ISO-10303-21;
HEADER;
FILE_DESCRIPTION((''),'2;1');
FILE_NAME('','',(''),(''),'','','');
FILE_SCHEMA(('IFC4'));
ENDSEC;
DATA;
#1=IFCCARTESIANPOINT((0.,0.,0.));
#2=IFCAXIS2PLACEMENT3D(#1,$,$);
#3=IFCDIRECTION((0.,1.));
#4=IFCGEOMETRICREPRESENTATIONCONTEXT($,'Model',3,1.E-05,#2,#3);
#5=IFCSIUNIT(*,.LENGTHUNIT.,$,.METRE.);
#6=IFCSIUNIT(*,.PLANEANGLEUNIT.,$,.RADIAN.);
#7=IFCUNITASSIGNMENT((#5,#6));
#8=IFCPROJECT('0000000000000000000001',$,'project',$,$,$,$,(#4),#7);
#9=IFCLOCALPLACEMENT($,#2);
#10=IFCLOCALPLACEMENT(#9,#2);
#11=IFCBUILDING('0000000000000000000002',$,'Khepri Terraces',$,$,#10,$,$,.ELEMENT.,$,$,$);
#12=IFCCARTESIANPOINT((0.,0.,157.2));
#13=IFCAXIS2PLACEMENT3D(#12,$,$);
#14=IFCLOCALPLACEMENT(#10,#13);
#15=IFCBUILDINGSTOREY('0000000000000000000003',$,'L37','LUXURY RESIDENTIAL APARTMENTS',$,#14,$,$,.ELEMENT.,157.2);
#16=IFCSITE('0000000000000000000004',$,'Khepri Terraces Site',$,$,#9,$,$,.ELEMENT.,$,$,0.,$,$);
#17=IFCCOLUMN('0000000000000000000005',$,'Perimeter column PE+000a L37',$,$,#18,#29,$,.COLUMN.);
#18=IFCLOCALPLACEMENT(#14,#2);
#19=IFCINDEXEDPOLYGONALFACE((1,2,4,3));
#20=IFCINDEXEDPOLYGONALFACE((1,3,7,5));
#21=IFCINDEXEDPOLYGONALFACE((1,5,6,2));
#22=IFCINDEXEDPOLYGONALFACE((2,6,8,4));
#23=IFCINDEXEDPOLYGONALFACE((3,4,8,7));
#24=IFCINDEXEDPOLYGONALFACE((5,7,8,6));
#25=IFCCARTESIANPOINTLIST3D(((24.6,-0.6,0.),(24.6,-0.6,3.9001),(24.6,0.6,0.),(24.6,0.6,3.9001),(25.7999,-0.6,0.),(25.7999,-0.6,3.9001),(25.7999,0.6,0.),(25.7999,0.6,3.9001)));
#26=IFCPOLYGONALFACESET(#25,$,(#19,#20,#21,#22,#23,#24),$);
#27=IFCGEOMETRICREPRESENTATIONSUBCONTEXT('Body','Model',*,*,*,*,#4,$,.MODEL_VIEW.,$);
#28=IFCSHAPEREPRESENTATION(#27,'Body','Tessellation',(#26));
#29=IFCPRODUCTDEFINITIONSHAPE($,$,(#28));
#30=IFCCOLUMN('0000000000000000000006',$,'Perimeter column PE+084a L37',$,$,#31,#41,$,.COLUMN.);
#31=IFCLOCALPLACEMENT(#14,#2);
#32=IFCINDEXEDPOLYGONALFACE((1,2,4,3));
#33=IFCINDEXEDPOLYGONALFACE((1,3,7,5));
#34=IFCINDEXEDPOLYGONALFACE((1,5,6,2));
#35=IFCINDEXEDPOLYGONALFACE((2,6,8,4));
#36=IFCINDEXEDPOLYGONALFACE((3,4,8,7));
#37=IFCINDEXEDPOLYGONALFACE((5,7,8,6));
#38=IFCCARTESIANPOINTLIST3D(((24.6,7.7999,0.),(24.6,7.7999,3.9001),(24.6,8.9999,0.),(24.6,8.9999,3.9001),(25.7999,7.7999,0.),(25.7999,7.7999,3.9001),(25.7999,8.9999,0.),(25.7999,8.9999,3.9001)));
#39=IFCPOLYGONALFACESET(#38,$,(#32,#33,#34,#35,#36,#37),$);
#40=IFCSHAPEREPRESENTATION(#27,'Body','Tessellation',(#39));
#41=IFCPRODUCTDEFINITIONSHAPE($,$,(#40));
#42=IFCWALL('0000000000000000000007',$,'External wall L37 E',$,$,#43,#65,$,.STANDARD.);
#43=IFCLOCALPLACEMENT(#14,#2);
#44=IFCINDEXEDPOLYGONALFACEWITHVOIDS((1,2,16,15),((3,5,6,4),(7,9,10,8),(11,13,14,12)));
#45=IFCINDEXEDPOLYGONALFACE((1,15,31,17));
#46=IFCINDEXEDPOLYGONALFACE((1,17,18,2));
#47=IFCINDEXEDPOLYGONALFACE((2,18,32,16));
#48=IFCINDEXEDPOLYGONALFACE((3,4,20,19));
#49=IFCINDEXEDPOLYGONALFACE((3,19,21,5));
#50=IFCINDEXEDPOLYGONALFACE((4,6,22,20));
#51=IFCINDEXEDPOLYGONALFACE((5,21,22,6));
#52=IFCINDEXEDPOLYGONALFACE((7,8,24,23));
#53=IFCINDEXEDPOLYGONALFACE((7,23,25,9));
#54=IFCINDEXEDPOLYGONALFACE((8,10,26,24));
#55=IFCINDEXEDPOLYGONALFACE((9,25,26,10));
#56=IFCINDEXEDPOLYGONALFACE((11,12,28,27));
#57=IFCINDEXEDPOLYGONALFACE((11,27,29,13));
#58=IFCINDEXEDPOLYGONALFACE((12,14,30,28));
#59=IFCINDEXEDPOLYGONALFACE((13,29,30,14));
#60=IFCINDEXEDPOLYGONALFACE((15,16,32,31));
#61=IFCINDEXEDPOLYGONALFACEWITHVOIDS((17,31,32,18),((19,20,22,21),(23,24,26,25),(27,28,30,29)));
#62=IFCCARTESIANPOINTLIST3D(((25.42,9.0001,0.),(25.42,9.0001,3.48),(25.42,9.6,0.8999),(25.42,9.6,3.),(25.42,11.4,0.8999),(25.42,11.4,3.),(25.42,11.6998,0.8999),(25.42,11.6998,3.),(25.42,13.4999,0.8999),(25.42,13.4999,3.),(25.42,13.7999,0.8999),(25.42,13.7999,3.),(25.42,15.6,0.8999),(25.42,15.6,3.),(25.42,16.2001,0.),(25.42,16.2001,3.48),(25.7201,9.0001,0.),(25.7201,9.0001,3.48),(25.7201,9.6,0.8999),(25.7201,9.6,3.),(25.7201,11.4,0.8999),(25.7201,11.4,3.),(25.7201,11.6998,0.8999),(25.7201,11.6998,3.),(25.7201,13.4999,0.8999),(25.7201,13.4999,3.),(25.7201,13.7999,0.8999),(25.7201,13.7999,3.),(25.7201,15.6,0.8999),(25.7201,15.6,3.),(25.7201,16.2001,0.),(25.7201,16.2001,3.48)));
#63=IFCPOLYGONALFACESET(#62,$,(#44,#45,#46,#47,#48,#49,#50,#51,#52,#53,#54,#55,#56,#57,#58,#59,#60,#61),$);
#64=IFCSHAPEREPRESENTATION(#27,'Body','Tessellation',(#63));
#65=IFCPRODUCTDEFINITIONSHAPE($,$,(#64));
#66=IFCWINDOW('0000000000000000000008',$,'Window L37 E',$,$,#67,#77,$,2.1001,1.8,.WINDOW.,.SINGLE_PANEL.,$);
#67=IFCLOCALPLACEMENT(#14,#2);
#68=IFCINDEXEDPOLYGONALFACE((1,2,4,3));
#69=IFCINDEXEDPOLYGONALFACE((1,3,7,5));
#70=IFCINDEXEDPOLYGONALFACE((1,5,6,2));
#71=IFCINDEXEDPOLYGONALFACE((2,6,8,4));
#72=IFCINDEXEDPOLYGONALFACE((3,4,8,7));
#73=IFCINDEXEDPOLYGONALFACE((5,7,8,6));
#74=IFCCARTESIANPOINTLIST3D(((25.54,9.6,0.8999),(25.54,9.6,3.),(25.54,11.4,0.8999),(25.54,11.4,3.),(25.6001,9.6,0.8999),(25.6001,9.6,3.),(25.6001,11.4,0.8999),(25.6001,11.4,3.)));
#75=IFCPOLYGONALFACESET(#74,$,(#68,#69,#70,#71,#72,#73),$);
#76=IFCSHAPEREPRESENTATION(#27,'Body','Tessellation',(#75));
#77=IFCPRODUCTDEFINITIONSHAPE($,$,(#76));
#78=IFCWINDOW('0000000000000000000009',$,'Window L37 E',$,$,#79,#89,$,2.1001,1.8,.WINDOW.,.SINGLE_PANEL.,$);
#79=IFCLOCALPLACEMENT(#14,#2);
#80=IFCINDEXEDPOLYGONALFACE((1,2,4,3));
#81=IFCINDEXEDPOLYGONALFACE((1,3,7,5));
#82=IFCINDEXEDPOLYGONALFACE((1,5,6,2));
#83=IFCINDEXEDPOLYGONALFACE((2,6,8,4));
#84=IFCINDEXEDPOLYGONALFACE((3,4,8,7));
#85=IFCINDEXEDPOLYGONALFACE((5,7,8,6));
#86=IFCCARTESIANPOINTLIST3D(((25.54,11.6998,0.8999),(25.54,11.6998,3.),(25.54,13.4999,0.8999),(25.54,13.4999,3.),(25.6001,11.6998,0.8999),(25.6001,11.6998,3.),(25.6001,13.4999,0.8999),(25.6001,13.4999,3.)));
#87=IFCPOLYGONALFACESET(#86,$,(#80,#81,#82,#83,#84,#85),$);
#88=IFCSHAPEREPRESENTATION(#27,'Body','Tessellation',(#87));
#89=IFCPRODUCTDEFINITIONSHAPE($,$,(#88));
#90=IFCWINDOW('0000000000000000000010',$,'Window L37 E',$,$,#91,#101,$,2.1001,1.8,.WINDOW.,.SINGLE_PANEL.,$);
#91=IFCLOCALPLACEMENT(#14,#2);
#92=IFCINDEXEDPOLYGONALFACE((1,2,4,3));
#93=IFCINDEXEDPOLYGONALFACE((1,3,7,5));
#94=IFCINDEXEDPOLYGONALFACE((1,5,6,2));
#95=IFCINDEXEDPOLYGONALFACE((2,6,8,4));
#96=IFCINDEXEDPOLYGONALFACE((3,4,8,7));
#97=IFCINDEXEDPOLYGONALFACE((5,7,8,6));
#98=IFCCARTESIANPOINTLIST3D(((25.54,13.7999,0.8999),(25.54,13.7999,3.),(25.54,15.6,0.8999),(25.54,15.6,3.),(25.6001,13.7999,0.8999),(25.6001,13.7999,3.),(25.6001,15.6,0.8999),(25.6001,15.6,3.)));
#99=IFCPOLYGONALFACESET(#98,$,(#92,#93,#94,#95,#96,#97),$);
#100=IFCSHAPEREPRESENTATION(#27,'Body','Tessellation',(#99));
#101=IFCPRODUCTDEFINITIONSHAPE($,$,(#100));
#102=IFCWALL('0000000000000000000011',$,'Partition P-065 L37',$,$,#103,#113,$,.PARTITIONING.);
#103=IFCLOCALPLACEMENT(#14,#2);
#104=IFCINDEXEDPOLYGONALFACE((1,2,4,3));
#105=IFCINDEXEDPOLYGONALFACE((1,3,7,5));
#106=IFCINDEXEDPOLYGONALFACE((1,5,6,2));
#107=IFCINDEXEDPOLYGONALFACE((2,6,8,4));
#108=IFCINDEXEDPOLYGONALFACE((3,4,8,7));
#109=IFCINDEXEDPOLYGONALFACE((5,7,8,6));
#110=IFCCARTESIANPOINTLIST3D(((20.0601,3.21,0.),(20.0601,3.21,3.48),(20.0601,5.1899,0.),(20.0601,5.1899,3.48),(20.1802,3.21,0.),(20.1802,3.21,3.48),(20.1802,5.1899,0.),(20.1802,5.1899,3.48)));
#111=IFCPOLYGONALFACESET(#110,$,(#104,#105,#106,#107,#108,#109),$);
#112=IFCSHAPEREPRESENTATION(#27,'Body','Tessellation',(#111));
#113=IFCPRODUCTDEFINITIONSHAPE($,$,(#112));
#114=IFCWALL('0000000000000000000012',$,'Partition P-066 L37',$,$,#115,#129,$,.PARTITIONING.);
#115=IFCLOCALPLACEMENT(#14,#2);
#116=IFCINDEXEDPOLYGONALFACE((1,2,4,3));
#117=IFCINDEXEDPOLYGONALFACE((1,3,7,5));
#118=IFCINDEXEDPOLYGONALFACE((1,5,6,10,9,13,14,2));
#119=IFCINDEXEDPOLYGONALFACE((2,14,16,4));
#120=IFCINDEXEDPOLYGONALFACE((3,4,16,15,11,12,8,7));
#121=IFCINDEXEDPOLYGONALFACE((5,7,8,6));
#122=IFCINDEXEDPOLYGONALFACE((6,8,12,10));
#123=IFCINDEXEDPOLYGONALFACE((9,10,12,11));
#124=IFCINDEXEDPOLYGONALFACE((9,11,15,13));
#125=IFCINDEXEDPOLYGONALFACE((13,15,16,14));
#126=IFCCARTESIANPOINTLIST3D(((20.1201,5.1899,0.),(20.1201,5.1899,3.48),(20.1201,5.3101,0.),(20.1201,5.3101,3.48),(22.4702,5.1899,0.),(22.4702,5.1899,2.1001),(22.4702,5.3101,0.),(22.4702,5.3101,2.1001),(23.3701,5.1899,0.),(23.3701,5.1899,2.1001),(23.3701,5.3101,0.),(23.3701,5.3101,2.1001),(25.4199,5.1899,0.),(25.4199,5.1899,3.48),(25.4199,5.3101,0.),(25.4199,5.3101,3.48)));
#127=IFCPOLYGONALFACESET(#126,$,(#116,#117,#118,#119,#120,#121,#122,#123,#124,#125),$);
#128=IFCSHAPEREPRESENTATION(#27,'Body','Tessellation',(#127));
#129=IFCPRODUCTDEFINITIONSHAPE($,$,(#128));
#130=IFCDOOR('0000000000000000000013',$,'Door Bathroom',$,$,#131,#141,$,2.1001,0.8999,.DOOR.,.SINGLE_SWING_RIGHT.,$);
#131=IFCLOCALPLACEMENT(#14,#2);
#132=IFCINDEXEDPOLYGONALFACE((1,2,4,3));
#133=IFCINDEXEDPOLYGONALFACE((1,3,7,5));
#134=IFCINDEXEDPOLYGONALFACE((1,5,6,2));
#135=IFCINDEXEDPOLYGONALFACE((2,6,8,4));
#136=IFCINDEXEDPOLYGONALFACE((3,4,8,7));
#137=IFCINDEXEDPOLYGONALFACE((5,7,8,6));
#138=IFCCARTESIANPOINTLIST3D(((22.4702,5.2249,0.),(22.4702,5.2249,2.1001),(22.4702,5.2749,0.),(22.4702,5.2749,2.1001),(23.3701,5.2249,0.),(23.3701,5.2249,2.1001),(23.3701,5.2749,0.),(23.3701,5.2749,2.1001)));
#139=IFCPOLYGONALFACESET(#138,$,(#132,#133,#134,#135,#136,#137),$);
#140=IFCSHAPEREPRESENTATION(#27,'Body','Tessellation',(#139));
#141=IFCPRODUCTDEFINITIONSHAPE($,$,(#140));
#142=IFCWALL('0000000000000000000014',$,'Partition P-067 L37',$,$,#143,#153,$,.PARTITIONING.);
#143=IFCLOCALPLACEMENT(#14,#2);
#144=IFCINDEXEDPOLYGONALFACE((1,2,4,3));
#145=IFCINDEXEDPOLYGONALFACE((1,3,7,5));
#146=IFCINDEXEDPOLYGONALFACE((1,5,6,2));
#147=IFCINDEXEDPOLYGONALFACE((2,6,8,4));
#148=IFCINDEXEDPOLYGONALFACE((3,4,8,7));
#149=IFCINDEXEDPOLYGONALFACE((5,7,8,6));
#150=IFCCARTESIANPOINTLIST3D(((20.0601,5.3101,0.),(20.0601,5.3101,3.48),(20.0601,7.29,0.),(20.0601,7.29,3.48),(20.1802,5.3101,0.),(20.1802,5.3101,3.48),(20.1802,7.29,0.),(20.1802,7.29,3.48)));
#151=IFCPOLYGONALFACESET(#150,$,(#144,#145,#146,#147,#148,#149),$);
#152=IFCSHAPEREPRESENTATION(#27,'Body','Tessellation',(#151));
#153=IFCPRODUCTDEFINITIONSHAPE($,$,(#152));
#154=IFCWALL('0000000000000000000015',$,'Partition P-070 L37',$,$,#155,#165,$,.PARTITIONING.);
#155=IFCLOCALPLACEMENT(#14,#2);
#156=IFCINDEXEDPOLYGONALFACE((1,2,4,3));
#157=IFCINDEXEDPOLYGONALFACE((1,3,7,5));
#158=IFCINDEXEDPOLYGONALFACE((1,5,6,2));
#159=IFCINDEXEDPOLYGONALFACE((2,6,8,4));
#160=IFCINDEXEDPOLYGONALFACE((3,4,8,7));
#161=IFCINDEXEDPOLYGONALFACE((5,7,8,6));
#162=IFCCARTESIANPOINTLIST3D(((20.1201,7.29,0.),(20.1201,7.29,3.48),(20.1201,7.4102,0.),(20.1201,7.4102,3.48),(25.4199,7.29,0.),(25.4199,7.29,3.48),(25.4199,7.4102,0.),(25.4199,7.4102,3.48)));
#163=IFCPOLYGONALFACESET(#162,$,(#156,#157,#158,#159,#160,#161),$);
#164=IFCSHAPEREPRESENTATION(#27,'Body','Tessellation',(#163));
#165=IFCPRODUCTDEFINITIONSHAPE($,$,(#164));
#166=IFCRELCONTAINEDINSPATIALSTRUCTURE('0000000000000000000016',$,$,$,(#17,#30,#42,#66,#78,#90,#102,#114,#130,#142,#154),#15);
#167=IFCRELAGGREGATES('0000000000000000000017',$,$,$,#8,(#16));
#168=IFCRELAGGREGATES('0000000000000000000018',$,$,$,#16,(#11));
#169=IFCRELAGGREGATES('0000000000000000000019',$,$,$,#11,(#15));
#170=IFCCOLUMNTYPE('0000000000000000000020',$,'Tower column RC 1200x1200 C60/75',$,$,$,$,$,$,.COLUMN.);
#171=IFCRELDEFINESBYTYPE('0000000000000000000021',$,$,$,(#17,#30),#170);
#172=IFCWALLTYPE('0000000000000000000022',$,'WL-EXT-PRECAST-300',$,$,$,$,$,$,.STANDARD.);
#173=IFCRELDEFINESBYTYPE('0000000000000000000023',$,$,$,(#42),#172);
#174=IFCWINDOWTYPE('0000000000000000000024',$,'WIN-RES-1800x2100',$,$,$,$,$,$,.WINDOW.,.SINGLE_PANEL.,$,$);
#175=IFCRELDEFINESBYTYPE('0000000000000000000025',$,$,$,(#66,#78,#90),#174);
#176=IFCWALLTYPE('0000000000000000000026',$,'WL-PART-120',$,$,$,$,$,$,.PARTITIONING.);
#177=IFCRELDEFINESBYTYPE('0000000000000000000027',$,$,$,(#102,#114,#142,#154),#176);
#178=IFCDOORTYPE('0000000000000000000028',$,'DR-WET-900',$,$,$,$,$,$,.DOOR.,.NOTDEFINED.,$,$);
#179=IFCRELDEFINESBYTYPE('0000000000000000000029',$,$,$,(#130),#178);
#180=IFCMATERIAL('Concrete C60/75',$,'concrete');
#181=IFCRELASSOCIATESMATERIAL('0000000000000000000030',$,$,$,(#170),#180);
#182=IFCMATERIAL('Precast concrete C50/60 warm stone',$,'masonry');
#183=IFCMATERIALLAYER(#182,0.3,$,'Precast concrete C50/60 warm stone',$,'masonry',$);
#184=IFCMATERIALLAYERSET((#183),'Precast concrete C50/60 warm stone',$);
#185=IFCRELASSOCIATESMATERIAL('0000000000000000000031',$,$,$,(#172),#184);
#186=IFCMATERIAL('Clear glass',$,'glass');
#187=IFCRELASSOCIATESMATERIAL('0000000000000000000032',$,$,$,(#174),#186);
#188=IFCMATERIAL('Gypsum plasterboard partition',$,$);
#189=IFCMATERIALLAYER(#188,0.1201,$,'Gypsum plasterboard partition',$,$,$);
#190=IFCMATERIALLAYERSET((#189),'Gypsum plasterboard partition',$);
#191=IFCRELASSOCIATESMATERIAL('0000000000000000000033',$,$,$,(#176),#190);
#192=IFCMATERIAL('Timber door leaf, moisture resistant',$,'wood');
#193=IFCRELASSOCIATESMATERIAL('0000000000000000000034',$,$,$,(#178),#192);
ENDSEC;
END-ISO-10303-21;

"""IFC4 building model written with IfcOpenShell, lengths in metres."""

from ifc_helpers import new_model, si_unit, direction, frame, frame_2d, origin, origin_2d, place, context, subcontext, project, spatial, rectangle, extrude, material, layer, layer_set, material_profile, profile_set, type_object, element, fill, save


model = new_model("IFC4")

# Units and contexts
model_context = context("Model", 3, precision=1e-05, world=origin(), true_north=direction((0.0, 1.0)))
body_context = subcontext(model_context, "Body", "Model", "MODEL_VIEW")
ifc_project = project(units=[si_unit("LENGTHUNIT", "METRE"), si_unit("PLANEANGLEUNIT", "RADIAN")], contexts=[model_context])

# Site, building, storey
site_placement = place(None, origin())
site = spatial("IfcSite", under=ifc_project, at=site_placement, Name="Khepri Terraces Site", CompositionType="ELEMENT", RefElevation=0.0)
building_placement = place(site_placement, origin())
building = spatial("IfcBuilding", under=site, at=building_placement, Name="Khepri Terraces", CompositionType="ELEMENT")
storey_placement = place(building_placement, frame((0.0, 0.0, 157.2)))
storey = spatial("IfcBuildingStorey", under=building, at=storey_placement, Name="L37", Description="LUXURY RESIDENTIAL APARTMENTS", CompositionType="ELEMENT", Elevation=157.2)

# Columns
ifc_material_1 = material(Name="Concrete C60/75", Category="concrete")
ifc_material_profile = material_profile(ifc_material_1, rectangle(XDim=1.2, YDim=1.2, at=origin_2d()), Name="Concrete C60/75", Category="concrete")
ifc_profile_set = profile_set([ifc_material_profile], Name="Concrete C60/75")
column_type = type_object("IfcColumnType", Name="Tower column RC 1200x1200 C60/75", PredefinedType="COLUMN", material=ifc_profile_set)
for number, where, z_axis, x_axis, name in (
    (1, (25.2, 0.0, 0.0), (0.0, 0.0, 1.0), (1.0, 0.0, 0.0), "Perimeter column PE+000a L37"),
    (2, (25.2, 8.3999, 0.0), (0.0, 0.0, 1.0), (1.0, 0.0, 0.0), "Perimeter column PE+084a L37"),
):
    element("IfcColumn", number, at=place(storey_placement, frame(where, z_axis=z_axis, x_axis=x_axis)), inside=storey, type_object=column_type, Name=name, PredefinedType="COLUMN", context=body_context, shape_type="SweptSolid", body=[
        extrude(rectangle(XDim=1.2, YDim=1.2, at=origin_2d()), origin(), (0.0, 0.0, 1.0), 3.9001),
    ])

# Shared definitions
ifc_material_2 = material(Name="Precast concrete C50/60 warm stone", Category="masonry")
ifc_layer_1 = layer(ifc_material_2, 0.3, Name="Precast concrete C50/60 warm stone", Category="masonry")
ifc_layer_set_1 = layer_set([ifc_layer_1], Name="Precast concrete C50/60 warm stone")
wall_type_1 = type_object("IfcWallType", Name="WL-EXT-PRECAST-300", PredefinedType="STANDARD", material=ifc_layer_set_1)
ifc_material_3 = material(Name="Clear glass", Category="glass")
window_type = type_object("IfcWindowType", Name="WIN-RES-1800x2100", PartitioningType="SINGLE_PANEL", PredefinedType="WINDOW", material=ifc_material_3)

# Wall, openings, windows
wall_1_placement = place(storey_placement, frame((25.5701, 9.0, 0.0), z_axis=(0.0, 0.0, 1.0), x_axis=(0.0, 1.0, 0.0)))
wall_1 = element("IfcWall", 3, at=wall_1_placement, inside=storey, type_object=wall_type_1, Name="External wall L37 E", PredefinedType="STANDARD", context=body_context, shape_type="SweptSolid", body=[
    extrude(rectangle(XDim=7.2, YDim=0.3, at=frame_2d((3.6001, 0.0))), origin(), (0.0, 0.0, 1.0), 3.48),
])
opening_1_placement = place(wall_1_placement, frame((0.6001, 0.0, 0.8999)))
opening_1 = element("IfcOpeningElement", 4, at=opening_1_placement, cuts=wall_1, PredefinedType="OPENING", context=body_context, shape_type="SweptSolid", body=[
    extrude(rectangle(XDim=1.8, YDim=2.1001, at=frame_2d((0.8999, 1.05))), frame((0.0, 0.1602, 0.0), z_axis=(0.0, -1.0, 0.0), x_axis=(1.0, 0.0, 0.0)), (0.0, 0.0, 1.0), 0.3201),
])
opening_2_placement = place(wall_1_placement, frame((2.7, 0.0, 0.8999)))
opening_2 = element("IfcOpeningElement", 5, at=opening_2_placement, cuts=wall_1, PredefinedType="OPENING", context=body_context, shape_type="SweptSolid", body=[
    extrude(rectangle(XDim=1.8, YDim=2.1001, at=frame_2d((0.8999, 1.05))), frame((0.0, 0.1602, 0.0), z_axis=(0.0, -1.0, 0.0), x_axis=(1.0, 0.0, 0.0)), (0.0, 0.0, 1.0), 0.3201),
])
opening_3_placement = place(wall_1_placement, frame((4.8, 0.0, 0.8999)))
opening_3 = element("IfcOpeningElement", 6, at=opening_3_placement, cuts=wall_1, PredefinedType="OPENING", context=body_context, shape_type="SweptSolid", body=[
    extrude(rectangle(XDim=1.8, YDim=2.1001, at=frame_2d((0.8999, 1.05))), frame((0.0, 0.1602, 0.0), z_axis=(0.0, -1.0, 0.0), x_axis=(1.0, 0.0, 0.0)), (0.0, 0.0, 1.0), 0.3201),
])
window_1_placement = place(opening_1_placement, origin())
window_1 = element("IfcWindow", 7, at=window_1_placement, inside=storey, type_object=window_type, Name="Window L37 E", OverallHeight=2.1001, OverallWidth=1.8, PartitioningType="SINGLE_PANEL", PredefinedType="WINDOW", context=body_context, shape_type="SweptSolid", body=[
    extrude(rectangle(XDim=1.8, YDim=2.1001, at=frame_2d((0.8999, 1.05))), frame((0.0, 0.03, 0.0), z_axis=(0.0, -1.0, 0.0), x_axis=(1.0, 0.0, 0.0)), (0.0, 0.0, 1.0), 0.0601),
])
fill(opening_1, window_1)
window_2_placement = place(opening_2_placement, origin())
window_2 = element("IfcWindow", 8, at=window_2_placement, inside=storey, type_object=window_type, Name="Window L37 E", OverallHeight=2.1001, OverallWidth=1.8, PartitioningType="SINGLE_PANEL", PredefinedType="WINDOW", context=body_context, shape_type="SweptSolid", body=[
    extrude(rectangle(XDim=1.8, YDim=2.1001, at=frame_2d((0.8999, 1.05))), frame((0.0, 0.03, 0.0), z_axis=(0.0, -1.0, 0.0), x_axis=(1.0, 0.0, 0.0)), (0.0, 0.0, 1.0), 0.0601),
])
fill(opening_2, window_2)
window_3_placement = place(opening_3_placement, origin())
window_3 = element("IfcWindow", 9, at=window_3_placement, inside=storey, type_object=window_type, Name="Window L37 E", OverallHeight=2.1001, OverallWidth=1.8, PartitioningType="SINGLE_PANEL", PredefinedType="WINDOW", context=body_context, shape_type="SweptSolid", body=[
    extrude(rectangle(XDim=1.8, YDim=2.1001, at=frame_2d((0.8999, 1.05))), frame((0.0, 0.03, 0.0), z_axis=(0.0, -1.0, 0.0), x_axis=(1.0, 0.0, 0.0)), (0.0, 0.0, 1.0), 0.0601),
])
fill(opening_3, window_3)

# Wall
ifc_material_4 = material(Name="Gypsum plasterboard partition")
ifc_layer_2 = layer(ifc_material_4, 0.1201, Name="Gypsum plasterboard partition")
ifc_layer_set_2 = layer_set([ifc_layer_2], Name="Gypsum plasterboard partition")
wall_type_2 = type_object("IfcWallType", Name="WL-PART-120", PredefinedType="PARTITIONING", material=ifc_layer_set_2)
wall_2_placement = place(storey_placement, frame((20.1201, 3.21, 0.0), z_axis=(0.0, 0.0, 1.0), x_axis=(0.0, 1.0, 0.0)))
element("IfcWall", 10, at=wall_2_placement, inside=storey, type_object=wall_type_2, Name="Partition P-065 L37", PredefinedType="PARTITIONING", context=body_context, shape_type="SweptSolid", body=[
    extrude(rectangle(XDim=1.98, YDim=0.1201, at=frame_2d((0.99, 0.0))), origin(), (0.0, 0.0, 1.0), 3.48),
])

# Wall, opening, door
wall_3_placement = place(storey_placement, frame((20.1201, 5.25, 0.0), z_axis=(0.0, 0.0, 1.0), x_axis=(1.0, 0.0, 0.0)))
wall_3 = element("IfcWall", 11, at=wall_3_placement, inside=storey, type_object=wall_type_2, Name="Partition P-066 L37", PredefinedType="PARTITIONING", context=body_context, shape_type="SweptSolid", body=[
    extrude(rectangle(XDim=5.2998, YDim=0.1201, at=frame_2d((2.6499, 0.0))), origin(), (0.0, 0.0, 1.0), 3.48),
])
opening_4_placement = place(wall_3_placement, frame((2.3501, 0.0, 0.0)))
opening_4 = element("IfcOpeningElement", 12, at=opening_4_placement, cuts=wall_3, PredefinedType="OPENING", context=body_context, shape_type="SweptSolid", body=[
    extrude(rectangle(XDim=0.8999, YDim=2.1001, at=frame_2d((0.45, 1.05))), frame((0.0, 0.0701, 0.0), z_axis=(0.0, -1.0, 0.0), x_axis=(1.0, 0.0, 0.0)), (0.0, 0.0, 1.0), 0.1401),
])
ifc_material_5 = material(Name="Timber door leaf, moisture resistant", Category="wood")
door_type_1 = type_object("IfcDoorType", Name="DR-WET-900", OperationType="NOTDEFINED", PredefinedType="DOOR", material=ifc_material_5)
door_1_placement = place(opening_4_placement, origin())
door_1 = element("IfcDoor", 13, at=door_1_placement, inside=storey, type_object=door_type_1, Name="Door Bathroom", OperationType="SINGLE_SWING_RIGHT", OverallHeight=2.1001, OverallWidth=0.8999, PredefinedType="DOOR", context=body_context, shape_type="SweptSolid", body=[
    extrude(rectangle(XDim=0.8999, YDim=2.1001, at=frame_2d((0.45, 1.05))), frame((0.0, 0.0249, 0.0), z_axis=(0.0, -1.0, 0.0), x_axis=(1.0, 0.0, 0.0)), (0.0, 0.0, 1.0), 0.05),
])
fill(opening_4, door_1)

# Walls
wall_4_placement = place(storey_placement, frame((20.1201, 5.3101, 0.0), z_axis=(0.0, 0.0, 1.0), x_axis=(0.0, 1.0, 0.0)))
element("IfcWall", 14, at=wall_4_placement, inside=storey, type_object=wall_type_2, Name="Partition P-067 L37", PredefinedType="PARTITIONING", context=body_context, shape_type="SweptSolid", body=[
    extrude(rectangle(XDim=1.98, YDim=0.1201, at=frame_2d((0.99, 0.0))), origin(), (0.0, 0.0, 1.0), 3.48),
])
wall_5_placement = place(storey_placement, frame((20.1201, 7.3501, 0.0), z_axis=(0.0, 0.0, 1.0), x_axis=(1.0, 0.0, 0.0)))
element("IfcWall", 15, at=wall_5_placement, inside=storey, type_object=wall_type_2, Name="Partition P-070 L37", PredefinedType="PARTITIONING", context=body_context, shape_type="SweptSolid", body=[
    extrude(rectangle(XDim=5.2998, YDim=0.1201, at=frame_2d((2.6499, 0.0))), origin(), (0.0, 0.0, 1.0), 3.48),
])

save(model, "model.ifc")
